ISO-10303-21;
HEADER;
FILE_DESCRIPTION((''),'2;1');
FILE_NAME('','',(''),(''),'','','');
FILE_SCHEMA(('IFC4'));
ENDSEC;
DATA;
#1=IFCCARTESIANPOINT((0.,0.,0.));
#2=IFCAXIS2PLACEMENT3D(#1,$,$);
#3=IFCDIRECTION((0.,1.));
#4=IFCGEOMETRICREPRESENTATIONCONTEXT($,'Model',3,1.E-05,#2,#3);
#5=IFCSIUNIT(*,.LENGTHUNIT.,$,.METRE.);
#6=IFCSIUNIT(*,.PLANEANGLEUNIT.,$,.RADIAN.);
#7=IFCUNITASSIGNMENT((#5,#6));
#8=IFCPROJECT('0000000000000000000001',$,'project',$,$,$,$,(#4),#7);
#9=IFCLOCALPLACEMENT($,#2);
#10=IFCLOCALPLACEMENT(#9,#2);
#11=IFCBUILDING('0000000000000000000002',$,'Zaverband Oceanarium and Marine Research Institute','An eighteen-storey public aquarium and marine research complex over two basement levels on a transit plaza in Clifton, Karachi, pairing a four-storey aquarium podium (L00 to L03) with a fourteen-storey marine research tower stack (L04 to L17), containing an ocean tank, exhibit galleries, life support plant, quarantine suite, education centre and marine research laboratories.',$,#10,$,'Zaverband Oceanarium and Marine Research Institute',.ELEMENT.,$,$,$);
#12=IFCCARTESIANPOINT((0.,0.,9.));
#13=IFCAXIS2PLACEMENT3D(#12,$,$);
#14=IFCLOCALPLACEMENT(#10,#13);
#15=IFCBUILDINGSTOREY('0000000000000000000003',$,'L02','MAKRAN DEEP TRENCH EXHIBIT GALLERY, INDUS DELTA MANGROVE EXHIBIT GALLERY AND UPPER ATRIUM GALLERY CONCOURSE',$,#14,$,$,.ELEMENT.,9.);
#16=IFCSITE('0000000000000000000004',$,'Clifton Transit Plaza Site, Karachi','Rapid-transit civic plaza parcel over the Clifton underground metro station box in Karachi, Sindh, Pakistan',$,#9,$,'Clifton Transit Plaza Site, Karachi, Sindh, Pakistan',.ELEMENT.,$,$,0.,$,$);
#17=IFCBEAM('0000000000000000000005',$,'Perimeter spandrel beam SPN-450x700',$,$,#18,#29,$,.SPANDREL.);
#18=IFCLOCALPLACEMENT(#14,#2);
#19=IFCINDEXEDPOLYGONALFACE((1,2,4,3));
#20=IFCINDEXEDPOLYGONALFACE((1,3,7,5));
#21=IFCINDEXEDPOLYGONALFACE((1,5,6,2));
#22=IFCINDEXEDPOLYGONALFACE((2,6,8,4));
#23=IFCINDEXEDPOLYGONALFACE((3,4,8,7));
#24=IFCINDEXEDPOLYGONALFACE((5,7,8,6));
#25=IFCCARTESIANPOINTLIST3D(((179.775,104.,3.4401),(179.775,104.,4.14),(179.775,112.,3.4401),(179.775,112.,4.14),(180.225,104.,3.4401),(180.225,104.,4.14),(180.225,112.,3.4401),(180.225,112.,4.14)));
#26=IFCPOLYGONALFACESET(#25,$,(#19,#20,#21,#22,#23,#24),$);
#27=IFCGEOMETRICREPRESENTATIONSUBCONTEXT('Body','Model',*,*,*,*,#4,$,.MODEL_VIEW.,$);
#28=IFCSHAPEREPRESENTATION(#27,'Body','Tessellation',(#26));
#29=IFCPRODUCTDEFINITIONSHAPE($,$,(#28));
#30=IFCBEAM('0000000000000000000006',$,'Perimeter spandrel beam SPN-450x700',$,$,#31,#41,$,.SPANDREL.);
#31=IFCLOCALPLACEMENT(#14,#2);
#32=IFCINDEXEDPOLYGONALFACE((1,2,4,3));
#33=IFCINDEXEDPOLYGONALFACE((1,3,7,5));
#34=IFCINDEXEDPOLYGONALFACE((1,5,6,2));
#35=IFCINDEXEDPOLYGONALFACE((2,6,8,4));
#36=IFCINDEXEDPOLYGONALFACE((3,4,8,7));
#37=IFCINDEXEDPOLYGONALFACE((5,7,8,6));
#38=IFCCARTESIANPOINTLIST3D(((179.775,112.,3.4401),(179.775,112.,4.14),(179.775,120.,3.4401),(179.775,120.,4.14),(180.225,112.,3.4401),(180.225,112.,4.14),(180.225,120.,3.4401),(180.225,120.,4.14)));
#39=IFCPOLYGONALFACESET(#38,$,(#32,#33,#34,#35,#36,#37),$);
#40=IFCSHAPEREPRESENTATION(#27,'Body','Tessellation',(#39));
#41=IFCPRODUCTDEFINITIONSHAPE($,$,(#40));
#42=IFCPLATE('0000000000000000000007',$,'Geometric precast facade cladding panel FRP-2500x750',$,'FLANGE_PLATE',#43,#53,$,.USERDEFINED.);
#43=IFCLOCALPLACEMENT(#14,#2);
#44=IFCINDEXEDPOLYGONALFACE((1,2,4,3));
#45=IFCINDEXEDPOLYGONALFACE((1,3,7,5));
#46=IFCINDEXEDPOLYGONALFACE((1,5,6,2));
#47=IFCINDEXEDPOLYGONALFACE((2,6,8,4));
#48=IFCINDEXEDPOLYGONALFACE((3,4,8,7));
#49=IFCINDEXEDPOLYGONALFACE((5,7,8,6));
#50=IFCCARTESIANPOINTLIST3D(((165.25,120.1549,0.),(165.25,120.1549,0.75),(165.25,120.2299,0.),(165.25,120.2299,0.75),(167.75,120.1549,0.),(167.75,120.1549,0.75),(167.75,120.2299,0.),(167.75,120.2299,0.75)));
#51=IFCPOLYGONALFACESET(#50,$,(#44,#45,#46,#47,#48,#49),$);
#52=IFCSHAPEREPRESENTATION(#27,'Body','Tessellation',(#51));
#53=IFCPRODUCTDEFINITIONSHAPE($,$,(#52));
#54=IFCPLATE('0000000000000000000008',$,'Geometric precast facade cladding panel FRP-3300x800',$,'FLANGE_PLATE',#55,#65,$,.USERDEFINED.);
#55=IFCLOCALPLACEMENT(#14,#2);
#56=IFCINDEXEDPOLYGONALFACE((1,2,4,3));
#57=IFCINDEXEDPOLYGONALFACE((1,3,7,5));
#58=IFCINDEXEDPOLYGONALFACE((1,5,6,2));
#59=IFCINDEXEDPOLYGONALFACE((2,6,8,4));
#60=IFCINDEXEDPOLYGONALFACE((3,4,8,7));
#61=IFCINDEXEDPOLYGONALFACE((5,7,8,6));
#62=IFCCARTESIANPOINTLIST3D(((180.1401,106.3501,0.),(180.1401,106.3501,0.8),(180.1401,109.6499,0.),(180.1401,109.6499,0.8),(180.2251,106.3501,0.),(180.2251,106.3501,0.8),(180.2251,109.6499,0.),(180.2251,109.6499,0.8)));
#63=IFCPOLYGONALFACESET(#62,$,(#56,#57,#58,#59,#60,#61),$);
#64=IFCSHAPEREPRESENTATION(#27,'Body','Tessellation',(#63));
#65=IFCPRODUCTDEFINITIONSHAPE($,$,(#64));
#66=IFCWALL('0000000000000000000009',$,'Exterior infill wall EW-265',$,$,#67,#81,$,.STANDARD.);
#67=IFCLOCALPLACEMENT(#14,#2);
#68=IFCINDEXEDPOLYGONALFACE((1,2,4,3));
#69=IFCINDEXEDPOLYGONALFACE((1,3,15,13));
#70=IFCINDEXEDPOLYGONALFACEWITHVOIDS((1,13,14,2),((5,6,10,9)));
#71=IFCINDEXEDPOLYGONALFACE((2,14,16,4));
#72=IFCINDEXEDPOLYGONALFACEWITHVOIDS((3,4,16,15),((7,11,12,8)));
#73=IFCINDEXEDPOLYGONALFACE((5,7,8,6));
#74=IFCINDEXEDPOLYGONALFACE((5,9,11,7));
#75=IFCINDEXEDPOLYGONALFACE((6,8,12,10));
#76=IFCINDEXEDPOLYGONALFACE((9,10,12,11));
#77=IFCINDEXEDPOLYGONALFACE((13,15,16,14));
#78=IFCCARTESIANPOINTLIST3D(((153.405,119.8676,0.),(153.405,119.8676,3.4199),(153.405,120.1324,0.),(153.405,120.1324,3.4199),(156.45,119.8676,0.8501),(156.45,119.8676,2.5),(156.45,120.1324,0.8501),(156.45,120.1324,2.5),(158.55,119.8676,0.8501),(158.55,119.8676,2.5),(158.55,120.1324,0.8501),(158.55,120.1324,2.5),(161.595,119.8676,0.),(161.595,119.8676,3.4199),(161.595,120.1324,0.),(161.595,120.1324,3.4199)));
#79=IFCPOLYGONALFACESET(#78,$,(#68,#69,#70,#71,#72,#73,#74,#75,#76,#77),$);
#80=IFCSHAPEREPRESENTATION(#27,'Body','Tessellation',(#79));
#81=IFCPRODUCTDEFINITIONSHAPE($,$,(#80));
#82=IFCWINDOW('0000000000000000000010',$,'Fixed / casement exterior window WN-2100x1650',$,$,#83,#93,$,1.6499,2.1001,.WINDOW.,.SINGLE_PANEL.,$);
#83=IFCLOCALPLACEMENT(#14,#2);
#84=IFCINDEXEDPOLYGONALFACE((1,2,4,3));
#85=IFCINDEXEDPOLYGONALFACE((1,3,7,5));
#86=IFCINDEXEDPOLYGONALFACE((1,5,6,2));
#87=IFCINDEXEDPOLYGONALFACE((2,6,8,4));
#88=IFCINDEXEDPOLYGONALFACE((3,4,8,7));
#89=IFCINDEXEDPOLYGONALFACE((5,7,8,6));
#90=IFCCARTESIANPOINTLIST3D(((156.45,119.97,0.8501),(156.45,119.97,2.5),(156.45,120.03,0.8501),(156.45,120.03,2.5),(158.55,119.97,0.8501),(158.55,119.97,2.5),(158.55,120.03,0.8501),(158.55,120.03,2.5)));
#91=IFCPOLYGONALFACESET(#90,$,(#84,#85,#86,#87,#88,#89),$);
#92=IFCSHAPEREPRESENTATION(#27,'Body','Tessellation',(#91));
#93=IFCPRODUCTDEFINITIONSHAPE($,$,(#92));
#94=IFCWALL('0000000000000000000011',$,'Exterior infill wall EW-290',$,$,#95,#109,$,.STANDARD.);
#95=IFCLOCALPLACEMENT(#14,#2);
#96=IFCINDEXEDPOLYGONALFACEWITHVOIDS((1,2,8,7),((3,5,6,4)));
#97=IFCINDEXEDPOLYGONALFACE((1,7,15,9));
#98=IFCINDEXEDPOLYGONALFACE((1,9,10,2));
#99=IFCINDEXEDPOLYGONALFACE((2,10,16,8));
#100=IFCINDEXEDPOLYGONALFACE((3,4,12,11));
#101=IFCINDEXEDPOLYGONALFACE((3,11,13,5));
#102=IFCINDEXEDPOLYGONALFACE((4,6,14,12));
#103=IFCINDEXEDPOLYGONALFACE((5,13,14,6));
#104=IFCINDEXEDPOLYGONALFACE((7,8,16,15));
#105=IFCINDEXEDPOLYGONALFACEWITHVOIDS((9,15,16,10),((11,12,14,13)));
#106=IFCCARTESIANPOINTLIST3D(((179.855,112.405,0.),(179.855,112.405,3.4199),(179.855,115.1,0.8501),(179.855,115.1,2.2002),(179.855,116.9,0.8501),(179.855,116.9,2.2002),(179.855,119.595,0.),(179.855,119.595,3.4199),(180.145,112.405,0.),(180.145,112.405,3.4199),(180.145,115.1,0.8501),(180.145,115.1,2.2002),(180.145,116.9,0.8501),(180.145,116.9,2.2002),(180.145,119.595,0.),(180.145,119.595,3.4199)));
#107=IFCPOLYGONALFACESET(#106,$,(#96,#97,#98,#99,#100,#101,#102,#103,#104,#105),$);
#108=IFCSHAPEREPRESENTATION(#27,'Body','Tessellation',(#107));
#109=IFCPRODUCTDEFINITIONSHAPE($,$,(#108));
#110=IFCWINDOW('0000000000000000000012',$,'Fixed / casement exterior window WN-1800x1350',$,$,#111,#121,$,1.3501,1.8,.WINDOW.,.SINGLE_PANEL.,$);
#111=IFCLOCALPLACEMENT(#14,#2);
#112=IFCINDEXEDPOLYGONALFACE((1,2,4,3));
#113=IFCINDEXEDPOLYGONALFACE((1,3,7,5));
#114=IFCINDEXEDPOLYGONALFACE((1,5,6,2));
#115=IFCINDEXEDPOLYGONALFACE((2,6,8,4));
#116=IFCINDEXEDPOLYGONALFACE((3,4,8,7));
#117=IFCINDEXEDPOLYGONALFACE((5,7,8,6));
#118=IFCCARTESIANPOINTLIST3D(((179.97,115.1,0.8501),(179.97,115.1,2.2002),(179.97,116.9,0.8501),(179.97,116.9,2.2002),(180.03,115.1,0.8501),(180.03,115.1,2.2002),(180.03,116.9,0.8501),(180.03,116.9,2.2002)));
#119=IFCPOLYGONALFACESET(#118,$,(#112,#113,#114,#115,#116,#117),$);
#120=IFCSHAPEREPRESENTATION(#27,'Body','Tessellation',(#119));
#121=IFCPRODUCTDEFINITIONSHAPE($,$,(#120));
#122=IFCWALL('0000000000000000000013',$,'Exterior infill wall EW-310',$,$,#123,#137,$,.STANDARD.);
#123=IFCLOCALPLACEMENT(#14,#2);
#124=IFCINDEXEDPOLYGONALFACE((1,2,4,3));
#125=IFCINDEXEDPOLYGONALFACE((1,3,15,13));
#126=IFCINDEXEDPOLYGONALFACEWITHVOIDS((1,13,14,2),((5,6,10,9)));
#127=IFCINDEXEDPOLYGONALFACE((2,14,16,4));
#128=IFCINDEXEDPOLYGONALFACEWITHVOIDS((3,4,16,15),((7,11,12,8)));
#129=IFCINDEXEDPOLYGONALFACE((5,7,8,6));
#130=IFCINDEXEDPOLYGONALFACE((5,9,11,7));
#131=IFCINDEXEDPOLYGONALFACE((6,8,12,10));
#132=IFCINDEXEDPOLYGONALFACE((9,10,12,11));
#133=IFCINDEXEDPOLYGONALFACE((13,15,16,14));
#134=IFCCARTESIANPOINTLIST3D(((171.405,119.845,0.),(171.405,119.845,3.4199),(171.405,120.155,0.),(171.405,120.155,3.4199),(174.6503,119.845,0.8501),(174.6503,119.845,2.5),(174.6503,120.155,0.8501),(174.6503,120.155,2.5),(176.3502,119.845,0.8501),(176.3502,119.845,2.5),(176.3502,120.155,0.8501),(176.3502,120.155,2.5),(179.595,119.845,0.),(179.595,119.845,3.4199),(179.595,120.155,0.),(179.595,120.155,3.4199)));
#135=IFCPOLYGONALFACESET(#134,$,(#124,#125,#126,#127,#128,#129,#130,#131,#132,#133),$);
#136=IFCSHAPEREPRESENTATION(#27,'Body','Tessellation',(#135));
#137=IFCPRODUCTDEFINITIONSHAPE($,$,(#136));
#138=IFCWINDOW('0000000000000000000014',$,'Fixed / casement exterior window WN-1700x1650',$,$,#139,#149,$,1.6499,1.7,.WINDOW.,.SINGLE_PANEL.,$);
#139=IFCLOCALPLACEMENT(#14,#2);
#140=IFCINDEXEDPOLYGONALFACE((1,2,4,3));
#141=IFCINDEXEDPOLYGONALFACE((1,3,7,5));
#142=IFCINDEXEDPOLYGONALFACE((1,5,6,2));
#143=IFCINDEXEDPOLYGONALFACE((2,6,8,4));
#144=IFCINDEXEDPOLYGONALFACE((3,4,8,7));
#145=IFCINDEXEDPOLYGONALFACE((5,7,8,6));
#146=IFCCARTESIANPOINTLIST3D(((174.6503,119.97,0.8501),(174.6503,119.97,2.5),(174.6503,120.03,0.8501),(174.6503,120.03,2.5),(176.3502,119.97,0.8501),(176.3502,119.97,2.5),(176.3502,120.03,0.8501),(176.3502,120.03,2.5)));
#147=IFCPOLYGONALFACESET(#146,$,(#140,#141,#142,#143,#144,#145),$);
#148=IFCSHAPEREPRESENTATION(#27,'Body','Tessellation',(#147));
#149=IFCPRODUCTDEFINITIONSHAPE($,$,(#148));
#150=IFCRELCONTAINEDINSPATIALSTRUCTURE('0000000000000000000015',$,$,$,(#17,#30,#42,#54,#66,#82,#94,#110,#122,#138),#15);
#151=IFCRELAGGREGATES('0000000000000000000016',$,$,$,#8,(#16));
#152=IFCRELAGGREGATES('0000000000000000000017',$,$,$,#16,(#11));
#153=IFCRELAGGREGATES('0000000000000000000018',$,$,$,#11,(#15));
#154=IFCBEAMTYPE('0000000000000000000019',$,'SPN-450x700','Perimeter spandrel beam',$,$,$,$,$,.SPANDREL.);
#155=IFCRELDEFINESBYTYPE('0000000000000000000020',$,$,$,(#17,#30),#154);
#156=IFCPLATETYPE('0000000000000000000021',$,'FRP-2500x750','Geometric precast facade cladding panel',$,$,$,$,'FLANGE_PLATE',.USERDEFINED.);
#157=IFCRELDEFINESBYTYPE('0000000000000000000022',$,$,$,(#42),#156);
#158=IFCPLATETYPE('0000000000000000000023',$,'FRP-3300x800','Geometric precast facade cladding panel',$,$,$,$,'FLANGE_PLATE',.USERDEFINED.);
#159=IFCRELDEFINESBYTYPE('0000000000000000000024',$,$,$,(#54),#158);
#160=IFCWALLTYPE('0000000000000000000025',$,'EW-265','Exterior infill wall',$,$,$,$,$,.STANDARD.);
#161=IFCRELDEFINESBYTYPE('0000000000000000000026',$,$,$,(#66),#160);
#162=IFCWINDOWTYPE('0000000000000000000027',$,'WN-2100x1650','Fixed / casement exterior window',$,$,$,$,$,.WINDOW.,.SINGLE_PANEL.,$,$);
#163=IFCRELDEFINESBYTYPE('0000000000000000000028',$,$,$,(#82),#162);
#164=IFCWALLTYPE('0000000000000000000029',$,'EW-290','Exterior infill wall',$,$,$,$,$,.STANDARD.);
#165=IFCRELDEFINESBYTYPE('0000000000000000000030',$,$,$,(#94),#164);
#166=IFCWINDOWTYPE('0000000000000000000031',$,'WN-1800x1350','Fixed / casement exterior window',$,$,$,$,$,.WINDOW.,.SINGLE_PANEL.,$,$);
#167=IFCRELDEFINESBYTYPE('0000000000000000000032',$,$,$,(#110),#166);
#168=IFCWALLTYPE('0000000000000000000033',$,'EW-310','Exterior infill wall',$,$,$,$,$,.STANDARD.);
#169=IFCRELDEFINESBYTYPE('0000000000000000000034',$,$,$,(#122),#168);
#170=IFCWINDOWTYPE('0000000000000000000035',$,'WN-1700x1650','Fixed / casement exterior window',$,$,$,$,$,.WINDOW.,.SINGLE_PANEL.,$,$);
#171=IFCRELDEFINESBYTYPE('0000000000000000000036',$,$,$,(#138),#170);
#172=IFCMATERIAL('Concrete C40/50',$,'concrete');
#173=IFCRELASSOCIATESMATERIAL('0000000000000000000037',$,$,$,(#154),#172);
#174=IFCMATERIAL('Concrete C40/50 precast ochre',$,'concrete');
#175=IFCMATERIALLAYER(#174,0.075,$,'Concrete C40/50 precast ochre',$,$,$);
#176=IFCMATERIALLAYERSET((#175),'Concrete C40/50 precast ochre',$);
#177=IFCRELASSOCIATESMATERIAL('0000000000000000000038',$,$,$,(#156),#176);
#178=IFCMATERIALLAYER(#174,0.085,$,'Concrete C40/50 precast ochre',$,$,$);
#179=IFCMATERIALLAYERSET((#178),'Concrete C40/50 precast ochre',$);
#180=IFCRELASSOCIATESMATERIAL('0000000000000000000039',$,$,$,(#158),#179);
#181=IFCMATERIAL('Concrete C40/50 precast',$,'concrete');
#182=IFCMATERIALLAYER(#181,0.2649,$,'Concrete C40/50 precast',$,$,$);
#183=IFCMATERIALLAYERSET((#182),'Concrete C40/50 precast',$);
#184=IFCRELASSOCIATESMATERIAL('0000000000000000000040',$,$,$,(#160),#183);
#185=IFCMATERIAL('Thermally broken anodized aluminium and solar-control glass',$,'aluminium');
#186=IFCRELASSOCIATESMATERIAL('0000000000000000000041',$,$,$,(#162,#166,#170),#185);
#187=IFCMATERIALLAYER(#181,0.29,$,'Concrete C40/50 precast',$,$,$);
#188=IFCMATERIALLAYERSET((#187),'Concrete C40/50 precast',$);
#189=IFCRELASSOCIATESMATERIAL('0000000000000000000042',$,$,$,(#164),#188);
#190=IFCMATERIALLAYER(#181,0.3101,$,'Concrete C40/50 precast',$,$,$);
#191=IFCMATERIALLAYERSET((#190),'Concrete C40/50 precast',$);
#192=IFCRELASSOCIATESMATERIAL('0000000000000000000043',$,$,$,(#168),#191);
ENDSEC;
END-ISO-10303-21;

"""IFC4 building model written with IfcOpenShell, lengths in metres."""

from ifc_helpers import new_model, si_unit, direction, frame, frame_2d, origin, origin_2d, place, context, subcontext, project, spatial, rectangle, extrude, material, layer, layer_set, material_profile, profile_set, type_object, element, fill, save


model = new_model("IFC4")

# Units and contexts
model_context = context("Model", 3, precision=1e-05, world=origin(), true_north=direction((0.0, 1.0)))
body_context = subcontext(model_context, "Body", "Model", "MODEL_VIEW")
ifc_project = project(units=[si_unit("LENGTHUNIT", "METRE"), si_unit("PLANEANGLEUNIT", "RADIAN")], contexts=[model_context])

# Site, building, storey
site_placement = place(None, origin())
site = spatial("IfcSite", under=ifc_project, at=site_placement, Name="Clifton Transit Plaza Site, Karachi", Description="Rapid-transit civic plaza parcel over the Clifton underground metro station box in Karachi, Sindh, Pakistan", LongName="Clifton Transit Plaza Site, Karachi, Sindh, Pakistan", CompositionType="ELEMENT", RefElevation=0.0)
building_placement = place(site_placement, origin())
building = spatial("IfcBuilding", under=site, at=building_placement, Name="Zaverband Oceanarium and Marine Research Institute", Description="An eighteen-storey public aquarium and marine research complex over two basement levels on a transit plaza in Clifton, Karachi, pairing a four-storey aquarium podium (L00 to L03) with a fourteen-storey marine research tower stack (L04 to L17), containing an ocean tank, exhibit galleries, life support plant, quarantine suite, education centre and marine research laboratories.", LongName="Zaverband Oceanarium and Marine Research Institute", CompositionType="ELEMENT")
storey_placement = place(building_placement, frame((0.0, 0.0, 9.0)))
storey = spatial("IfcBuildingStorey", under=building, at=storey_placement, Name="L02", Description="MAKRAN DEEP TRENCH EXHIBIT GALLERY, INDUS DELTA MANGROVE EXHIBIT GALLERY AND UPPER ATRIUM GALLERY CONCOURSE", CompositionType="ELEMENT", Elevation=9.0)

# Beams
ifc_material_1 = material(Name="Concrete C40/50", Category="concrete")
ifc_material_profile_1 = material_profile(ifc_material_1, rectangle(XDim=0.45, YDim=0.7, at=origin_2d()), Name="RC450x700")
ifc_profile_set_1 = profile_set([ifc_material_profile_1], Name="Concrete C40/50")
beam_type_1 = type_object("IfcBeamType", Name="SPN-450x700", Description="Perimeter spandrel beam", PredefinedType="SPANDREL", material=ifc_profile_set_1)
for number, where, z_axis, x_axis, name in (
    (1, (180.0, 104.0, 3.79), (0.0, 1.0, 0.0), (-1.0, 0.0, 0.0), "Perimeter spandrel beam SPN-450x700"),
    (2, (180.0, 112.0, 3.79), (0.0, 1.0, 0.0), (-1.0, 0.0, 0.0), "Perimeter spandrel beam SPN-450x700"),
):
    element("IfcBeam", number, at=place(storey_placement, frame(where, z_axis=z_axis, x_axis=x_axis)), inside=storey, type_object=beam_type_1, Name=name, PredefinedType="SPANDREL", context=body_context, shape_type="SweptSolid", body=[
        extrude(rectangle(XDim=0.45, YDim=0.7, at=origin_2d()), origin(), (0.0, 0.0, 1.0), 8.0),
    ])

# Plates
ifc_material_2 = material(Name="Concrete C40/50 precast ochre", Category="concrete")
ifc_layer_1 = layer(ifc_material_2, 0.075, Name="Concrete C40/50 precast ochre")
ifc_layer_set_1 = layer_set([ifc_layer_1], Name="Concrete C40/50 precast ochre")
plate_type_1 = type_object("IfcPlateType", Name="FRP-2500x750", Description="Geometric precast facade cladding panel", ElementType="FLANGE_PLATE", PredefinedType="USERDEFINED", material=ifc_layer_set_1)
plate_1_placement = place(storey_placement, frame((165.25, 120.1924, 0.0), z_axis=(0.0, 0.0, 1.0), x_axis=(1.0, 0.0, 0.0)))
element("IfcPlate", 3, at=plate_1_placement, inside=storey, type_object=plate_type_1, Name="Geometric precast facade cladding panel FRP-2500x750", ObjectType="FLANGE_PLATE", PredefinedType="USERDEFINED", context=body_context, shape_type="SweptSolid", body=[
    extrude(rectangle(XDim=2.5, YDim=0.075, at=frame_2d((1.25, 0.0))), origin(), (0.0, 0.0, 1.0), 0.75),
])
ifc_layer_2 = layer(ifc_material_2, 0.085, Name="Concrete C40/50 precast ochre")
ifc_layer_set_2 = layer_set([ifc_layer_2], Name="Concrete C40/50 precast ochre")
plate_type_2 = type_object("IfcPlateType", Name="FRP-3300x800", Description="Geometric precast facade cladding panel", ElementType="FLANGE_PLATE", PredefinedType="USERDEFINED", material=ifc_layer_set_2)
plate_2_placement = place(storey_placement, frame((180.1826, 106.3501, 0.0), z_axis=(0.0, 0.0, 1.0), x_axis=(0.0, 1.0, 0.0)))
element("IfcPlate", 4, at=plate_2_placement, inside=storey, type_object=plate_type_2, Name="Geometric precast facade cladding panel FRP-3300x800", ObjectType="FLANGE_PLATE", PredefinedType="USERDEFINED", context=body_context, shape_type="SweptSolid", body=[
    extrude(rectangle(XDim=3.2998, YDim=0.085, at=frame_2d((1.6499, 0.0))), origin(), (0.0, 0.0, 1.0), 0.8),
])

# Walls, openings, windows
ifc_material_3 = material(Name="Concrete C40/50 precast", Category="concrete")
ifc_layer_3 = layer(ifc_material_3, 0.2649, Name="Concrete C40/50 precast")
ifc_layer_set_3 = layer_set([ifc_layer_3], Name="Concrete C40/50 precast")
wall_type_1 = type_object("IfcWallType", Name="EW-265", Description="Exterior infill wall", PredefinedType="STANDARD", material=ifc_layer_set_3)
wall_1_placement = place(storey_placement, frame((153.405, 120.0, 0.0), z_axis=(0.0, 0.0, 1.0), x_axis=(1.0, 0.0, 0.0)))
wall_1 = element("IfcWall", 5, at=wall_1_placement, inside=storey, type_object=wall_type_1, Name="Exterior infill wall EW-265", PredefinedType="STANDARD", context=body_context, shape_type="SweptSolid", body=[
    extrude(rectangle(XDim=8.1899, YDim=0.2649, at=frame_2d((4.095, 0.0))), origin(), (0.0, 0.0, 1.0), 3.4199),
])
opening_1_placement = place(wall_1_placement, frame((3.0449, 0.0, 0.8501)))
opening_1 = element("IfcOpeningElement", 6, at=opening_1_placement, cuts=wall_1, PredefinedType="OPENING", context=body_context, shape_type="SweptSolid", body=[
    extrude(rectangle(XDim=2.1001, YDim=1.6499, at=frame_2d((1.05, 0.825))), frame((0.0, 0.1445, 0.0), z_axis=(0.0, -1.0, 0.0), x_axis=(1.0, 0.0, 0.0)), (0.0, 0.0, 1.0), 0.2888),
])
ifc_material_4 = material(Name="Thermally broken anodized aluminium and solar-control glass", Category="aluminium")
window_type_1 = type_object("IfcWindowType", Name="WN-2100x1650", Description="Fixed / casement exterior window", PartitioningType="SINGLE_PANEL", PredefinedType="WINDOW", material=ifc_material_4)
window_1_placement = place(opening_1_placement, origin())
window_1 = element("IfcWindow", 7, at=window_1_placement, inside=storey, type_object=window_type_1, Name="Fixed / casement exterior window WN-2100x1650", OverallHeight=1.6499, OverallWidth=2.1001, PartitioningType="SINGLE_PANEL", PredefinedType="WINDOW", context=body_context, shape_type="SweptSolid", body=[
    extrude(rectangle(XDim=2.1001, YDim=1.6499, at=frame_2d((1.05, 0.825))), frame((0.0, 0.03, 0.0), z_axis=(0.0, -1.0, 0.0), x_axis=(1.0, 0.0, 0.0)), (0.0, 0.0, 1.0), 0.0601),
])
fill(opening_1, window_1)
ifc_layer_4 = layer(ifc_material_3, 0.29, Name="Concrete C40/50 precast")
ifc_layer_set_4 = layer_set([ifc_layer_4], Name="Concrete C40/50 precast")
wall_type_2 = type_object("IfcWallType", Name="EW-290", Description="Exterior infill wall", PredefinedType="STANDARD", material=ifc_layer_set_4)
wall_2_placement = place(storey_placement, frame((180.0, 112.405, 0.0), z_axis=(0.0, 0.0, 1.0), x_axis=(0.0, 1.0, 0.0)))
wall_2 = element("IfcWall", 8, at=wall_2_placement, inside=storey, type_object=wall_type_2, Name="Exterior infill wall EW-290", PredefinedType="STANDARD", context=body_context, shape_type="SweptSolid", body=[
    extrude(rectangle(XDim=7.1899, YDim=0.29, at=frame_2d((3.595, 0.0))), origin(), (0.0, 0.0, 1.0), 3.4199),
])
opening_2_placement = place(wall_2_placement, frame((2.6951, 0.0, 0.8501)))
opening_2 = element("IfcOpeningElement", 9, at=opening_2_placement, cuts=wall_2, PredefinedType="OPENING", context=body_context, shape_type="SweptSolid", body=[
    extrude(rectangle(XDim=1.8, YDim=1.3501, at=frame_2d((0.8999, 0.675))), frame((0.0, 0.157, 0.0), z_axis=(0.0, -1.0, 0.0), x_axis=(1.0, 0.0, 0.0)), (0.0, 0.0, 1.0), 0.314),
])
window_type_2 = type_object("IfcWindowType", Name="WN-1800x1350", Description="Fixed / casement exterior window", PartitioningType="SINGLE_PANEL", PredefinedType="WINDOW", material=ifc_material_4)
window_2_placement = place(opening_2_placement, origin())
window_2 = element("IfcWindow", 10, at=window_2_placement, inside=storey, type_object=window_type_2, Name="Fixed / casement exterior window WN-1800x1350", OverallHeight=1.3501, OverallWidth=1.8, PartitioningType="SINGLE_PANEL", PredefinedType="WINDOW", context=body_context, shape_type="SweptSolid", body=[
    extrude(rectangle(XDim=1.8, YDim=1.3501, at=frame_2d((0.8999, 0.675))), frame((0.0, 0.03, 0.0), z_axis=(0.0, -1.0, 0.0), x_axis=(1.0, 0.0, 0.0)), (0.0, 0.0, 1.0), 0.0601),
])
fill(opening_2, window_2)
ifc_layer_5 = layer(ifc_material_3, 0.3101, Name="Concrete C40/50 precast")
ifc_layer_set_5 = layer_set([ifc_layer_5], Name="Concrete C40/50 precast")
wall_type_3 = type_object("IfcWallType", Name="EW-310", Description="Exterior infill wall", PredefinedType="STANDARD", material=ifc_layer_set_5)
wall_3_placement = place(storey_placement, frame((171.405, 120.0, 0.0), z_axis=(0.0, 0.0, 1.0), x_axis=(1.0, 0.0, 0.0)))
wall_3 = element("IfcWall", 11, at=wall_3_placement, inside=storey, type_object=wall_type_3, Name="Exterior infill wall EW-310", PredefinedType="STANDARD", context=body_context, shape_type="SweptSolid", body=[
    extrude(rectangle(XDim=8.1899, YDim=0.3101, at=frame_2d((4.095, 0.0))), origin(), (0.0, 0.0, 1.0), 3.4199),
])
opening_3_placement = place(wall_3_placement, frame((3.2451, 0.0, 0.8501)))
opening_3 = element("IfcOpeningElement", 12, at=opening_3_placement, cuts=wall_3, PredefinedType="OPENING", context=body_context, shape_type="SweptSolid", body=[
    extrude(rectangle(XDim=1.7, YDim=1.6499, at=frame_2d((0.8501, 0.825))), frame((0.0, 0.167, 0.0), z_axis=(0.0, -1.0, 0.0), x_axis=(1.0, 0.0, 0.0)), (0.0, 0.0, 1.0), 0.334),
])
window_type_3 = type_object("IfcWindowType", Name="WN-1700x1650", Description="Fixed / casement exterior window", PartitioningType="SINGLE_PANEL", PredefinedType="WINDOW", material=ifc_material_4)
window_3_placement = place(opening_3_placement, origin())
window_3 = element("IfcWindow", 13, at=window_3_placement, inside=storey, type_object=window_type_3, Name="Fixed / casement exterior window WN-1700x1650", OverallHeight=1.6499, OverallWidth=1.7, PartitioningType="SINGLE_PANEL", PredefinedType="WINDOW", context=body_context, shape_type="SweptSolid", body=[
    extrude(rectangle(XDim=1.7, YDim=1.6499, at=frame_2d((0.8501, 0.825))), frame((0.0, 0.03, 0.0), z_axis=(0.0, -1.0, 0.0), x_axis=(1.0, 0.0, 0.0)), (0.0, 0.0, 1.0), 0.0601),
])
fill(opening_3, window_3)

save(model, "model.ifc")
